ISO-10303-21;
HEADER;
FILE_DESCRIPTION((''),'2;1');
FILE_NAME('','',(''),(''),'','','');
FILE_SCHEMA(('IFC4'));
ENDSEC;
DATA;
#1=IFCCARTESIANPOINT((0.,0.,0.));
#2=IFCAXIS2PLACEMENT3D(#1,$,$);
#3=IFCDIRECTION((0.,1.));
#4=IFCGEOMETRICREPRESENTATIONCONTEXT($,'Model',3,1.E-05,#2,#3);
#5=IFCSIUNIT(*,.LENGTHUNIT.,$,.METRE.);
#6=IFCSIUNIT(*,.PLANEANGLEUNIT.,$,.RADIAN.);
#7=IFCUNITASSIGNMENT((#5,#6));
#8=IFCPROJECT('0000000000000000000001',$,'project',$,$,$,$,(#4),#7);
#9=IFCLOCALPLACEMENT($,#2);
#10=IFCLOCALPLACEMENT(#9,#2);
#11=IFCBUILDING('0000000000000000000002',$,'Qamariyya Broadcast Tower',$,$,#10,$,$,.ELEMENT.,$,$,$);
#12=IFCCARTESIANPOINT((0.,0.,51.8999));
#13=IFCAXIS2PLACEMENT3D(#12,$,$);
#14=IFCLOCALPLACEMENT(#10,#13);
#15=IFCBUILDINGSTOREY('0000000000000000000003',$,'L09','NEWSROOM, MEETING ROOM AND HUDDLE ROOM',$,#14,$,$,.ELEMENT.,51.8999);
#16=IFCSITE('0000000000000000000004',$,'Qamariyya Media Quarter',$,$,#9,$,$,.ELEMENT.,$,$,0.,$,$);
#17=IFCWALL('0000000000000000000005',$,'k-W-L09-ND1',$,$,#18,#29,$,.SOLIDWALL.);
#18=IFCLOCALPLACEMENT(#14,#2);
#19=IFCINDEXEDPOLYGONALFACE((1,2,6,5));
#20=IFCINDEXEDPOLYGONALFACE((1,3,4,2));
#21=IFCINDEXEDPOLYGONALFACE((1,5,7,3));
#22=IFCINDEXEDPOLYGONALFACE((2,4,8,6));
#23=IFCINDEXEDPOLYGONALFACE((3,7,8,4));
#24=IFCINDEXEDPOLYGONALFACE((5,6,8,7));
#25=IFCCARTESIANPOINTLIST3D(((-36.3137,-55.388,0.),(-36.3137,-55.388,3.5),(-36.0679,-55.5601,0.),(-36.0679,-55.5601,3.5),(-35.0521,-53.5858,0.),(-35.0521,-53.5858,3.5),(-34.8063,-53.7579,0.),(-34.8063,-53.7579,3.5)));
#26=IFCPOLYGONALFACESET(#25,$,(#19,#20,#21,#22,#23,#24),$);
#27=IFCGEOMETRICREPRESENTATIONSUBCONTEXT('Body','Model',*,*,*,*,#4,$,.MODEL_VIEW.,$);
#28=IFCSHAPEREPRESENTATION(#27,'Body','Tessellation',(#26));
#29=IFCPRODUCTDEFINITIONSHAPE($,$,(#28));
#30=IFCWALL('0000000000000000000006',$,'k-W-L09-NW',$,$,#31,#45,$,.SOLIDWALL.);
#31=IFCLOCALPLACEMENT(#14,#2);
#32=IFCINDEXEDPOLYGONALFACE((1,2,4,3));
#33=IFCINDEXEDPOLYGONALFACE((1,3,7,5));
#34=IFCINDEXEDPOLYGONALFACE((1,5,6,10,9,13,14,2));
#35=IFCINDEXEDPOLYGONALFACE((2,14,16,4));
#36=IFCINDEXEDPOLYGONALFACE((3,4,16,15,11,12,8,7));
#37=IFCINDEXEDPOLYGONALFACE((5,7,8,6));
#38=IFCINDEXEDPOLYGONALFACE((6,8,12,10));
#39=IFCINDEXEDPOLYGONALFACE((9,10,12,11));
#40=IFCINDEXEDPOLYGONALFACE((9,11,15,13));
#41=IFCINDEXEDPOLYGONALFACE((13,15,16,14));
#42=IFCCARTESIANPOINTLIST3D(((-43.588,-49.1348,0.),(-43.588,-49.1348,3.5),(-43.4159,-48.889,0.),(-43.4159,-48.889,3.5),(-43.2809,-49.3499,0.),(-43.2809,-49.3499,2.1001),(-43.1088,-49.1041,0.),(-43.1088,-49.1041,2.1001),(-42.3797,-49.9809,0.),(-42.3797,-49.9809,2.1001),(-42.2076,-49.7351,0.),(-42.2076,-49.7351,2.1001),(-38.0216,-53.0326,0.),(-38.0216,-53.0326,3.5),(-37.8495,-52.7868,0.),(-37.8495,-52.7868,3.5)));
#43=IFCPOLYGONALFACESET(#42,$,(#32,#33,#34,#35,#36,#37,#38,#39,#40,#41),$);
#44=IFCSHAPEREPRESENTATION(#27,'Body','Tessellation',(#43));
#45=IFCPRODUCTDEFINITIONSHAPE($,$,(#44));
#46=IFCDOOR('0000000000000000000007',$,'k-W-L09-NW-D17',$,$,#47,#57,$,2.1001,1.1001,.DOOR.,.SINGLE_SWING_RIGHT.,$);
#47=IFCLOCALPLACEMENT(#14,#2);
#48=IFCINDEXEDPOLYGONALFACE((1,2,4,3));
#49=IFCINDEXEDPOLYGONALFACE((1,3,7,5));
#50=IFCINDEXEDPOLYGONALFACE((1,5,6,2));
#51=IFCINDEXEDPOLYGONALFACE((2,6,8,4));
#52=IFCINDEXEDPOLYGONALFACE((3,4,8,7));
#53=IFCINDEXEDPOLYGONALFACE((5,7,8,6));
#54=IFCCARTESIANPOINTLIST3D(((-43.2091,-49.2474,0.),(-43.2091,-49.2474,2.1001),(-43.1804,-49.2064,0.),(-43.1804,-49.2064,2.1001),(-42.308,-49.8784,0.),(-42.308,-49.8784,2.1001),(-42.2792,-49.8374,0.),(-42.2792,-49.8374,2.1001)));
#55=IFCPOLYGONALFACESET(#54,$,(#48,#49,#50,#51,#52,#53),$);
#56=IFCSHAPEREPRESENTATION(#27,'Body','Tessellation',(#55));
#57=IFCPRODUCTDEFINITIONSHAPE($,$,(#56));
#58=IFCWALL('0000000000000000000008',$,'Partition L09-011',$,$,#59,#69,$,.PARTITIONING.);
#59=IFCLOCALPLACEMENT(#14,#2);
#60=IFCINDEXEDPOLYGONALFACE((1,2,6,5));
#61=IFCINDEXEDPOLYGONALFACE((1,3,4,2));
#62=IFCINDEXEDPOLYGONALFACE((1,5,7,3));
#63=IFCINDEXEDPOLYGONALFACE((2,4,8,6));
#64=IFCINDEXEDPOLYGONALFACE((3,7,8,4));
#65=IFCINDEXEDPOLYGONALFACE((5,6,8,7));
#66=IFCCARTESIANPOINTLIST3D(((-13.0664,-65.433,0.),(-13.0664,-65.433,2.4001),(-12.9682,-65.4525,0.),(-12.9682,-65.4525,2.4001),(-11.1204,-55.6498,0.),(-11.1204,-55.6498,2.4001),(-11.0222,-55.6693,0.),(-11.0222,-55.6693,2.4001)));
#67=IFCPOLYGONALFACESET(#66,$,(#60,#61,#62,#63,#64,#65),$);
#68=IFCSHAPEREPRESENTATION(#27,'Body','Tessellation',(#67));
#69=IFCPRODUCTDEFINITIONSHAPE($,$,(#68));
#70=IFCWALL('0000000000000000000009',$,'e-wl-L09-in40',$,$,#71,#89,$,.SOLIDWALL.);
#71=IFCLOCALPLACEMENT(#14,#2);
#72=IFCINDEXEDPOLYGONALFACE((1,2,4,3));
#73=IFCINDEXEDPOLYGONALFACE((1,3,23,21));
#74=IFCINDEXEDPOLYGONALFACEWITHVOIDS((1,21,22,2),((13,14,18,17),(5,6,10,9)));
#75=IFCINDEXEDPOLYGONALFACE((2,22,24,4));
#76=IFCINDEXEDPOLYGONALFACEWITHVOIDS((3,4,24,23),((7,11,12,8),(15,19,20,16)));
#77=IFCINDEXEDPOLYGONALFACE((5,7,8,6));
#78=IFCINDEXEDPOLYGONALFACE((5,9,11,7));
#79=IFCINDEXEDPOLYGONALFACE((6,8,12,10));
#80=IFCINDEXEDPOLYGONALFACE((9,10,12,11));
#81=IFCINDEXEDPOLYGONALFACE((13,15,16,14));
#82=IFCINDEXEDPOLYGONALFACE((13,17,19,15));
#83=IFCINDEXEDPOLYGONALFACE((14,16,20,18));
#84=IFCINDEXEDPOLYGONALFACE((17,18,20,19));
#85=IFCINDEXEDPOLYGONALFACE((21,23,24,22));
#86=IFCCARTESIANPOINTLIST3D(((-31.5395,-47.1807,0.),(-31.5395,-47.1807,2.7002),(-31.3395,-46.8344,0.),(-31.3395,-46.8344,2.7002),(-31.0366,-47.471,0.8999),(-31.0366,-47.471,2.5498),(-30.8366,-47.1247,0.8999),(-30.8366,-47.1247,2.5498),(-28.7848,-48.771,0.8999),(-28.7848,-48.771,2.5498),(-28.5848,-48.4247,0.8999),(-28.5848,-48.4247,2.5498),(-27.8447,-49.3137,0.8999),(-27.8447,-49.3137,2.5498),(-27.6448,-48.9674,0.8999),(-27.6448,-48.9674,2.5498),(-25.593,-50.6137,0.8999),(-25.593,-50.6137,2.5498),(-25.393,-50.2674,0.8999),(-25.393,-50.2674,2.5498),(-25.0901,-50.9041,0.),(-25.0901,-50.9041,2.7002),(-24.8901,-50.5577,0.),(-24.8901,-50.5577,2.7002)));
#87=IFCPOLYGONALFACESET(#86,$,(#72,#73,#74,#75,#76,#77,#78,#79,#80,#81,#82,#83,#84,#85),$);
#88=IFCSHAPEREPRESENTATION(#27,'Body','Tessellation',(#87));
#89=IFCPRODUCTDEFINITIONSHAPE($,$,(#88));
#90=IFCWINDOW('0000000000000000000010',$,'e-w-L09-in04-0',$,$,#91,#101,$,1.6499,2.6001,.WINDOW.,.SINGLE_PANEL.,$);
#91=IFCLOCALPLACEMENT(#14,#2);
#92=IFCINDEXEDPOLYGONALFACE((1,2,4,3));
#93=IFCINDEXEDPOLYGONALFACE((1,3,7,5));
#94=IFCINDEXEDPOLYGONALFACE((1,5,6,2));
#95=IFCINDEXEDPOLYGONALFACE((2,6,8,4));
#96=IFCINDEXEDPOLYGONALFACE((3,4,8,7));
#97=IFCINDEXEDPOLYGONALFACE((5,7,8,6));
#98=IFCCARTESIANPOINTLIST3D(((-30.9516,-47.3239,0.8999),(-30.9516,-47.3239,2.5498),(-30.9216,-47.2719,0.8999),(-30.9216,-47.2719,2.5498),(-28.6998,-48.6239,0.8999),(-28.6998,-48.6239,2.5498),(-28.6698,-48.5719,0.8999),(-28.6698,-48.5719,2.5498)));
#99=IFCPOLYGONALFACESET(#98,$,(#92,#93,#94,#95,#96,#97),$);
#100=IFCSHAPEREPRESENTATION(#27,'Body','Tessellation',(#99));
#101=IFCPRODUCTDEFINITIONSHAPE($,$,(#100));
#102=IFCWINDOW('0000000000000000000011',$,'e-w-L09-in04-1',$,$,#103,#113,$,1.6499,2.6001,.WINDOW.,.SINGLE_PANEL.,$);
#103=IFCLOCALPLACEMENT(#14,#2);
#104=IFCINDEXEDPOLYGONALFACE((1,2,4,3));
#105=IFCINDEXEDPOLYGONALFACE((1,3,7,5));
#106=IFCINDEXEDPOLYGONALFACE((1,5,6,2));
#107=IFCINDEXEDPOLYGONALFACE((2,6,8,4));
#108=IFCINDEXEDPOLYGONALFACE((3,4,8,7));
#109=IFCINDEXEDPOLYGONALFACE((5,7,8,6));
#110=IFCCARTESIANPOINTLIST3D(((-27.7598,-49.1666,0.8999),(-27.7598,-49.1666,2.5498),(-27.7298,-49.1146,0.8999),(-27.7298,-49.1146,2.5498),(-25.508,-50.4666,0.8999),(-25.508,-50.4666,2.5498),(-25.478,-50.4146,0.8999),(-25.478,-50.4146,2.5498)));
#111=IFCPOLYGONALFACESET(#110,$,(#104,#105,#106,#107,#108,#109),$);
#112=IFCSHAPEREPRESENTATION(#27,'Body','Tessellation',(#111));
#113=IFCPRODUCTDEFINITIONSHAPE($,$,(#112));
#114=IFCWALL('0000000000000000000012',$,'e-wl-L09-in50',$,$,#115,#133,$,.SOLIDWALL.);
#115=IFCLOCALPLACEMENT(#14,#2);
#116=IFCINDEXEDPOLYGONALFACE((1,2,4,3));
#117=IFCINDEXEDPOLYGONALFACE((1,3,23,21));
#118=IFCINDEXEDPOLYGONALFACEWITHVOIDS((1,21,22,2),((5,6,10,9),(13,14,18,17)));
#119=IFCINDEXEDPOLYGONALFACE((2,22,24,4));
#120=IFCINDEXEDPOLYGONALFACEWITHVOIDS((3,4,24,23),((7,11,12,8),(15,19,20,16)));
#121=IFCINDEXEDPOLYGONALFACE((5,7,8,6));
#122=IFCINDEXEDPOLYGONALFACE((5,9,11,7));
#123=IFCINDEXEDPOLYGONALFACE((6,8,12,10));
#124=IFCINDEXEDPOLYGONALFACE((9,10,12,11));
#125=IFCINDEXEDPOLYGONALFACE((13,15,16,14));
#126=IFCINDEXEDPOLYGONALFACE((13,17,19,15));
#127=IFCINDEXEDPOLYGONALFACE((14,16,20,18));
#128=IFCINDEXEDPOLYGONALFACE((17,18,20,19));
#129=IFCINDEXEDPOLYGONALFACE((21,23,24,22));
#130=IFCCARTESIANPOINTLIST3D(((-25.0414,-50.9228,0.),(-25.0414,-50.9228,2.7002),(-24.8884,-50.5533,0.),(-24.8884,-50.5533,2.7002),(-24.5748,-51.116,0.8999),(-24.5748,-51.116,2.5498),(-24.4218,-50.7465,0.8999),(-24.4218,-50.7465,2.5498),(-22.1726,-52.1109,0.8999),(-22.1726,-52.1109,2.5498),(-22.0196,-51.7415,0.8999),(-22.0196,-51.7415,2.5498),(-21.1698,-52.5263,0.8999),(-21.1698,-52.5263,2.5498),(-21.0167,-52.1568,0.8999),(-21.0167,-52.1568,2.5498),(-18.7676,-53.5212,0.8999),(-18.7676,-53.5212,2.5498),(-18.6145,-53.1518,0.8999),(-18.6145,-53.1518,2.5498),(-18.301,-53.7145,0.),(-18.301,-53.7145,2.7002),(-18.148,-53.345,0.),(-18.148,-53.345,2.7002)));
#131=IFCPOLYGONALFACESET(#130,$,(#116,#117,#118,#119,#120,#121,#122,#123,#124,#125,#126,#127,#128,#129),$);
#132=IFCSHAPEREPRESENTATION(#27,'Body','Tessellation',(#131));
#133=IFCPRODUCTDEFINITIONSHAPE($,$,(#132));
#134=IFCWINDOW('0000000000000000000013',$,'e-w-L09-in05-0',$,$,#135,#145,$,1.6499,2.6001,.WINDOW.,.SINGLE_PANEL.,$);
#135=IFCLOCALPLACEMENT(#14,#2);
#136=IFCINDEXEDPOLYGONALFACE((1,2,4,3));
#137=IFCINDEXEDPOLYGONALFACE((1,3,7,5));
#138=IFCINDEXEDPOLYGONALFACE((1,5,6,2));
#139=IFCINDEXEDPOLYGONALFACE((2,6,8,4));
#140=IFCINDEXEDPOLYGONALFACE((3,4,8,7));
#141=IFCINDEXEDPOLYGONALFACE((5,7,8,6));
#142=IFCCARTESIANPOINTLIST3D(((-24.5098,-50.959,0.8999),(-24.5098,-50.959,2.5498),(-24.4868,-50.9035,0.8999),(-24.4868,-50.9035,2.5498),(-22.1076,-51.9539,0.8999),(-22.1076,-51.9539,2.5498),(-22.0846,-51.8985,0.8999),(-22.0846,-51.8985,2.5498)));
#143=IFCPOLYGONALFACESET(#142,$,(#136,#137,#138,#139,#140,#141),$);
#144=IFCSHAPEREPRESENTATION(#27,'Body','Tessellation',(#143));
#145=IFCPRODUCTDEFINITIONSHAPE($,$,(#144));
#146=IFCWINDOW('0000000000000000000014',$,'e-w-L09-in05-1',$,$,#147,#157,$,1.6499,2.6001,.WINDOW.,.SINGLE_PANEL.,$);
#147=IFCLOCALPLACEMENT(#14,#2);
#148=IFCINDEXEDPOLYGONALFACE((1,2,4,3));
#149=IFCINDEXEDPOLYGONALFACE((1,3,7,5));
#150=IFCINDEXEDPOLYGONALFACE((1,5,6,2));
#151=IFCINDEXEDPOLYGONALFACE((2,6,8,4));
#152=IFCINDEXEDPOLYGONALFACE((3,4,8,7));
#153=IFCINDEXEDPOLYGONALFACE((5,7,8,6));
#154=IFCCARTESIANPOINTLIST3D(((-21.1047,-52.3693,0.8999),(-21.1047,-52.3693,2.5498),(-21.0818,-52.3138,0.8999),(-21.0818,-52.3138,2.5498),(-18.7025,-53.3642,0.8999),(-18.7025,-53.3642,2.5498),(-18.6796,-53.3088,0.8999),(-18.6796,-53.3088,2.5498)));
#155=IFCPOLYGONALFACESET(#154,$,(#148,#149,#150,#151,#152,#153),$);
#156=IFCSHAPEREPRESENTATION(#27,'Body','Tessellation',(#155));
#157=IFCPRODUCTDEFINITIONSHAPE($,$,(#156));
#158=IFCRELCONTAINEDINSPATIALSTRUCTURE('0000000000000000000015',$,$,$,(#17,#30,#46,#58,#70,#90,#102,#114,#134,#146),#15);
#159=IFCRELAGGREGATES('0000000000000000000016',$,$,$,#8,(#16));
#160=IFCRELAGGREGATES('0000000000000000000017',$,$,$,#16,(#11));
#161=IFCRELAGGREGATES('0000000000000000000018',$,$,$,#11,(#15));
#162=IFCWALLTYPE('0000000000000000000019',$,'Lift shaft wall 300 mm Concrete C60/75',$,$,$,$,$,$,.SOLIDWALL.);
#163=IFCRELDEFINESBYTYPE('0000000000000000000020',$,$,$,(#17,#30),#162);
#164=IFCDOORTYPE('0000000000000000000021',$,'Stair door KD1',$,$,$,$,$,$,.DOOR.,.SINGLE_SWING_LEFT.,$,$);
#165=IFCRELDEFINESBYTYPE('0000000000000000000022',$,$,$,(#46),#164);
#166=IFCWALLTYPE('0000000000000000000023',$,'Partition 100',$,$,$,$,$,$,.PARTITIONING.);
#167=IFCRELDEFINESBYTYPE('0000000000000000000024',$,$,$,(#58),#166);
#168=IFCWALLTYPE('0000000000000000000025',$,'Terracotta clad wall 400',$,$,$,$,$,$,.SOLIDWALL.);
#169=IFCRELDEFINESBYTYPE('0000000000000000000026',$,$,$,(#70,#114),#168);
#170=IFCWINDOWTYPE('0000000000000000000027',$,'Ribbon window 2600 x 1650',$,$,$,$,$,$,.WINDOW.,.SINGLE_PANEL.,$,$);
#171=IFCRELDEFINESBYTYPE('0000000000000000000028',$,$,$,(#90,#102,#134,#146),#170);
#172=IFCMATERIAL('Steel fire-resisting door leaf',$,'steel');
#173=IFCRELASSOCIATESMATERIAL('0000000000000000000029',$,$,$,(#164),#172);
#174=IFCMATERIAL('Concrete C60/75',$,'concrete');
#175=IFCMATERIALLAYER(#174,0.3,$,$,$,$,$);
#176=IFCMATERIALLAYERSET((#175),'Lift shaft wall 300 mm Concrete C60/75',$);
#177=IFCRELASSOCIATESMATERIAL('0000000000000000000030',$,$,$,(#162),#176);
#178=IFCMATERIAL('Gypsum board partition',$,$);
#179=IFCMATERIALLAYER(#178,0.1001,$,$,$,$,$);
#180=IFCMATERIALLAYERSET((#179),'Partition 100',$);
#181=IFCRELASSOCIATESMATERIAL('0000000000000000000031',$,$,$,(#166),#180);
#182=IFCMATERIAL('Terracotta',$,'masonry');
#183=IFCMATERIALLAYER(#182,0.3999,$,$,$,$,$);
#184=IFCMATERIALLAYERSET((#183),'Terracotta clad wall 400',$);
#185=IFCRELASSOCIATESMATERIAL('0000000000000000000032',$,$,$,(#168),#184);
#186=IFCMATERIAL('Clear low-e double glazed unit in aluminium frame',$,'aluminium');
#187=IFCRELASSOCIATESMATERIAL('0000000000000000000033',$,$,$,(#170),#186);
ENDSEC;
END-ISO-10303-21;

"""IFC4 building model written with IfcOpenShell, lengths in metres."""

from ifc_helpers import new_model, si_unit, direction, frame, frame_2d, origin, place, context, subcontext, project, spatial, rectangle, extrude, material, layer, layer_set, type_object, element, fill, save


model = new_model("IFC4")

# Units and contexts
model_context = context("Model", 3, precision=1e-05, world=origin(), true_north=direction((0.0, 1.0)))
body_context = subcontext(model_context, "Body", "Model", "MODEL_VIEW")
ifc_project = project(units=[si_unit("LENGTHUNIT", "METRE"), si_unit("PLANEANGLEUNIT", "RADIAN")], contexts=[model_context])

# Site, building, storey
site_placement = place(None, origin())
site = spatial("IfcSite", under=ifc_project, at=site_placement, Name="Qamariyya Media Quarter", CompositionType="ELEMENT", RefElevation=0.0)
building_placement = place(site_placement, origin())
building = spatial("IfcBuilding", under=site, at=building_placement, Name="Qamariyya Broadcast Tower", CompositionType="ELEMENT")
storey_placement = place(building_placement, frame((0.0, 0.0, 51.8999)))
storey = spatial("IfcBuildingStorey", under=building, at=storey_placement, Name="L09", Description="NEWSROOM, MEETING ROOM AND HUDDLE ROOM", CompositionType="ELEMENT", Elevation=51.8999)

# Shared definitions
ifc_material_1 = material(Name="Steel fire-resisting door leaf", Category="steel")
door_type_1 = type_object("IfcDoorType", Name="Stair door KD1", OperationType="SINGLE_SWING_LEFT", PredefinedType="DOOR", material=ifc_material_1)

# Wall
ifc_material_2 = material(Name="Gypsum board partition")
ifc_material_3 = material(Name="Concrete C60/75", Category="concrete")
ifc_layer_1 = layer(ifc_material_3, 0.3)
ifc_layer_set_1 = layer_set([ifc_layer_1], Name="Lift shaft wall 300 mm Concrete C60/75")
wall_type_1 = type_object("IfcWallType", Name="Lift shaft wall 300 mm Concrete C60/75", PredefinedType="SOLIDWALL", material=ifc_layer_set_1)
wall_1_placement = place(storey_placement, frame((-36.1909, -55.4741, 0.0), z_axis=(0.0, 0.0, 1.0), x_axis=(0.573507, 0.819201, 0.0)))
element("IfcWall", 1, at=wall_1_placement, inside=storey, type_object=wall_type_1, Name="k-W-L09-ND1", PredefinedType="SOLIDWALL", context=body_context, shape_type="SweptSolid", body=[
    extrude(rectangle(XDim=2.2, YDim=0.3, at=frame_2d((1.1001, 0.0))), origin(), (0.0, 0.0, 1.0), 3.5),
])

# Wall, opening, door
wall_2_placement = place(storey_placement, frame((-37.9355, -52.9097, 0.0), z_axis=(0.0, 0.0, 1.0), x_axis=(-0.819148, 0.573583, 0.0)))
wall_2 = element("IfcWall", 2, at=wall_2_placement, inside=storey, type_object=wall_type_1, Name="k-W-L09-NW", PredefinedType="SOLIDWALL", context=body_context, shape_type="SweptSolid", body=[
    extrude(rectangle(XDim=6.7954, YDim=0.3, at=frame_2d((3.3977, 0.0))), origin(), (0.0, 0.0, 1.0), 3.5),
])
opening_1_placement = place(wall_2_placement, frame((5.3203, 0.0, 0.0)))
opening_1 = element("IfcOpeningElement", 3, at=opening_1_placement, cuts=wall_2, PredefinedType="OPENING", context=body_context, shape_type="SweptSolid", body=[
    extrude(rectangle(XDim=1.1001, YDim=2.1001, at=frame_2d((0.55, 1.05))), frame((0.0, 0.1599, 0.0), z_axis=(0.0, -1.0, 0.0), x_axis=(1.0, 0.0, 0.0)), (0.0, 0.0, 1.0), 0.3201),
])
door_1_placement = place(opening_1_placement, origin())
door_1 = element("IfcDoor", 4, at=door_1_placement, inside=storey, type_object=door_type_1, Name="k-W-L09-NW-D17", OperationType="SINGLE_SWING_RIGHT", OverallHeight=2.1001, OverallWidth=1.1001, PredefinedType="DOOR", context=body_context, shape_type="SweptSolid", body=[
    extrude(rectangle(XDim=1.1001, YDim=2.1001, at=frame_2d((0.55, 1.05))), frame((0.0, 0.0249, 0.0), z_axis=(0.0, -1.0, 0.0), x_axis=(1.0, 0.0, 0.0)), (0.0, 0.0, 1.0), 0.05),
])
fill(opening_1, door_1)

# Wall
ifc_layer_2 = layer(ifc_material_2, 0.1001)
ifc_layer_set_2 = layer_set([ifc_layer_2], Name="Partition 100")
wall_type_2 = type_object("IfcWallType", Name="Partition 100", PredefinedType="PARTITIONING", material=ifc_layer_set_2)
wall_3_placement = place(storey_placement, frame((-11.0713, -55.6597, 0.0), z_axis=(0.0, 0.0, 1.0), x_axis=(-0.195095, -0.980784, 0.0)))
element("IfcWall", 5, at=wall_3_placement, inside=storey, type_object=wall_type_2, Name="Partition L09-011", PredefinedType="PARTITIONING", context=body_context, shape_type="SweptSolid", body=[
    extrude(rectangle(XDim=9.9749, YDim=0.1001, at=frame_2d((4.9873, 0.0))), origin(), (0.0, 0.0, 1.0), 2.4001),
])

# Walls, openings, windows
ifc_material_4 = material(Name="Terracotta", Category="masonry")
ifc_layer_3 = layer(ifc_material_4, 0.3999)
ifc_layer_set_3 = layer_set([ifc_layer_3], Name="Terracotta clad wall 400")
wall_type_3 = type_object("IfcWallType", Name="Terracotta clad wall 400", PredefinedType="SOLIDWALL", material=ifc_layer_set_3)
wall_4_placement = place(storey_placement, frame((-24.99, -50.731, 0.0), z_axis=(0.0, 0.0, 1.0), x_axis=(-0.866038, 0.499979, 0.0)))
wall_4 = element("IfcWall", 6, at=wall_4_placement, inside=storey, type_object=wall_type_3, Name="e-wl-L09-in40", PredefinedType="SOLIDWALL", context=body_context, shape_type="SweptSolid", body=[
    extrude(rectangle(XDim=7.447, YDim=0.3999, at=frame_2d((3.7236, 0.0))), origin(), (0.0, 0.0, 1.0), 2.7002),
])
opening_2_placement = place(wall_4_placement, frame((4.2664, 0.0, 0.8999)))
opening_2 = element("IfcOpeningElement", 7, at=opening_2_placement, cuts=wall_4, PredefinedType="OPENING", context=body_context, shape_type="SweptSolid", body=[
    extrude(rectangle(XDim=2.6001, YDim=1.6499, at=frame_2d((1.3, 0.825))), frame((0.0, 0.21, 0.0), z_axis=(0.0, -1.0, 0.0), x_axis=(1.0, 0.0, 0.0)), (0.0, 0.0, 1.0), 0.4199),
])
opening_3_placement = place(wall_4_placement, frame((0.5808, 0.0, 0.8999)))
opening_3 = element("IfcOpeningElement", 8, at=opening_3_placement, cuts=wall_4, PredefinedType="OPENING", context=body_context, shape_type="SweptSolid", body=[
    extrude(rectangle(XDim=2.6001, YDim=1.6499, at=frame_2d((1.3, 0.825))), frame((0.0, 0.21, 0.0), z_axis=(0.0, -1.0, 0.0), x_axis=(1.0, 0.0, 0.0)), (0.0, 0.0, 1.0), 0.4199),
])
ifc_material_5 = material(Name="Clear low-e double glazed unit in aluminium frame", Category="aluminium")
window_type = type_object("IfcWindowType", Name="Ribbon window 2600 x 1650", PartitioningType="SINGLE_PANEL", PredefinedType="WINDOW", material=ifc_material_5)
window_1_placement = place(opening_2_placement, origin())
window_1 = element("IfcWindow", 9, at=window_1_placement, inside=storey, type_object=window_type, Name="e-w-L09-in04-0", OverallHeight=1.6499, OverallWidth=2.6001, PartitioningType="SINGLE_PANEL", PredefinedType="WINDOW", context=body_context, shape_type="SweptSolid", body=[
    extrude(rectangle(XDim=2.6001, YDim=1.6499, at=frame_2d((1.3, 0.825))), frame((0.0, 0.03, 0.0), z_axis=(0.0, -1.0, 0.0), x_axis=(1.0, 0.0, 0.0)), (0.0, 0.0, 1.0), 0.0601),
])
fill(opening_2, window_1)
window_2_placement = place(opening_3_placement, origin())
window_2 = element("IfcWindow", 10, at=window_2_placement, inside=storey, type_object=window_type, Name="e-w-L09-in04-1", OverallHeight=1.6499, OverallWidth=2.6001, PartitioningType="SINGLE_PANEL", PredefinedType="WINDOW", context=body_context, shape_type="SweptSolid", body=[
    extrude(rectangle(XDim=2.6001, YDim=1.6499, at=frame_2d((1.3, 0.825))), frame((0.0, 0.03, 0.0), z_axis=(0.0, -1.0, 0.0), x_axis=(1.0, 0.0, 0.0)), (0.0, 0.0, 1.0), 0.0601),
])
fill(opening_3, window_2)
wall_5_placement = place(storey_placement, frame((-18.2244, -53.5298, 0.0), z_axis=(0.0, 0.0, 1.0), x_axis=(-0.923892, 0.382654, 0.0)))
wall_5 = element("IfcWall", 11, at=wall_5_placement, inside=storey, type_object=wall_type_3, Name="e-wl-L09-in50", PredefinedType="SOLIDWALL", context=body_context, shape_type="SweptSolid", body=[
    extrude(rectangle(XDim=7.2957, YDim=0.3999, at=frame_2d((3.6479, 0.0))), origin(), (0.0, 0.0, 1.0), 2.7002),
])
opening_4_placement = place(wall_5_placement, frame((4.1907, 0.0, 0.8999)))
opening_4 = element("IfcOpeningElement", 12, at=opening_4_placement, cuts=wall_5, PredefinedType="OPENING", context=body_context, shape_type="SweptSolid", body=[
    extrude(rectangle(XDim=2.6001, YDim=1.6499, at=frame_2d((1.3, 0.825))), frame((0.0, 0.21, 0.0), z_axis=(0.0, -1.0, 0.0), x_axis=(1.0, 0.0, 0.0)), (0.0, 0.0, 1.0), 0.4199),
])
opening_5_placement = place(wall_5_placement, frame((0.5051, 0.0, 0.8999)))
opening_5 = element("IfcOpeningElement", 13, at=opening_5_placement, cuts=wall_5, PredefinedType="OPENING", context=body_context, shape_type="SweptSolid", body=[
    extrude(rectangle(XDim=2.6001, YDim=1.6499, at=frame_2d((1.3, 0.825))), frame((0.0, 0.21, 0.0), z_axis=(0.0, -1.0, 0.0), x_axis=(1.0, 0.0, 0.0)), (0.0, 0.0, 1.0), 0.4199),
])
window_3_placement = place(opening_4_placement, origin())
window_3 = element("IfcWindow", 14, at=window_3_placement, inside=storey, type_object=window_type, Name="e-w-L09-in05-0", OverallHeight=1.6499, OverallWidth=2.6001, PartitioningType="SINGLE_PANEL", PredefinedType="WINDOW", context=body_context, shape_type="SweptSolid", body=[
    extrude(rectangle(XDim=2.6001, YDim=1.6499, at=frame_2d((1.3, 0.825))), frame((0.0, 0.03, 0.0), z_axis=(0.0, -1.0, 0.0), x_axis=(1.0, 0.0, 0.0)), (0.0, 0.0, 1.0), 0.0601),
])
fill(opening_4, window_3)
window_4_placement = place(opening_5_placement, origin())
window_4 = element("IfcWindow", 15, at=window_4_placement, inside=storey, type_object=window_type, Name="e-w-L09-in05-1", OverallHeight=1.6499, OverallWidth=2.6001, PartitioningType="SINGLE_PANEL", PredefinedType="WINDOW", context=body_context, shape_type="SweptSolid", body=[
    extrude(rectangle(XDim=2.6001, YDim=1.6499, at=frame_2d((1.3, 0.825))), frame((0.0, 0.03, 0.0), z_axis=(0.0, -1.0, 0.0), x_axis=(1.0, 0.0, 0.0)), (0.0, 0.0, 1.0), 0.0601),
])
fill(opening_5, window_4)

save(model, "model.ifc")
